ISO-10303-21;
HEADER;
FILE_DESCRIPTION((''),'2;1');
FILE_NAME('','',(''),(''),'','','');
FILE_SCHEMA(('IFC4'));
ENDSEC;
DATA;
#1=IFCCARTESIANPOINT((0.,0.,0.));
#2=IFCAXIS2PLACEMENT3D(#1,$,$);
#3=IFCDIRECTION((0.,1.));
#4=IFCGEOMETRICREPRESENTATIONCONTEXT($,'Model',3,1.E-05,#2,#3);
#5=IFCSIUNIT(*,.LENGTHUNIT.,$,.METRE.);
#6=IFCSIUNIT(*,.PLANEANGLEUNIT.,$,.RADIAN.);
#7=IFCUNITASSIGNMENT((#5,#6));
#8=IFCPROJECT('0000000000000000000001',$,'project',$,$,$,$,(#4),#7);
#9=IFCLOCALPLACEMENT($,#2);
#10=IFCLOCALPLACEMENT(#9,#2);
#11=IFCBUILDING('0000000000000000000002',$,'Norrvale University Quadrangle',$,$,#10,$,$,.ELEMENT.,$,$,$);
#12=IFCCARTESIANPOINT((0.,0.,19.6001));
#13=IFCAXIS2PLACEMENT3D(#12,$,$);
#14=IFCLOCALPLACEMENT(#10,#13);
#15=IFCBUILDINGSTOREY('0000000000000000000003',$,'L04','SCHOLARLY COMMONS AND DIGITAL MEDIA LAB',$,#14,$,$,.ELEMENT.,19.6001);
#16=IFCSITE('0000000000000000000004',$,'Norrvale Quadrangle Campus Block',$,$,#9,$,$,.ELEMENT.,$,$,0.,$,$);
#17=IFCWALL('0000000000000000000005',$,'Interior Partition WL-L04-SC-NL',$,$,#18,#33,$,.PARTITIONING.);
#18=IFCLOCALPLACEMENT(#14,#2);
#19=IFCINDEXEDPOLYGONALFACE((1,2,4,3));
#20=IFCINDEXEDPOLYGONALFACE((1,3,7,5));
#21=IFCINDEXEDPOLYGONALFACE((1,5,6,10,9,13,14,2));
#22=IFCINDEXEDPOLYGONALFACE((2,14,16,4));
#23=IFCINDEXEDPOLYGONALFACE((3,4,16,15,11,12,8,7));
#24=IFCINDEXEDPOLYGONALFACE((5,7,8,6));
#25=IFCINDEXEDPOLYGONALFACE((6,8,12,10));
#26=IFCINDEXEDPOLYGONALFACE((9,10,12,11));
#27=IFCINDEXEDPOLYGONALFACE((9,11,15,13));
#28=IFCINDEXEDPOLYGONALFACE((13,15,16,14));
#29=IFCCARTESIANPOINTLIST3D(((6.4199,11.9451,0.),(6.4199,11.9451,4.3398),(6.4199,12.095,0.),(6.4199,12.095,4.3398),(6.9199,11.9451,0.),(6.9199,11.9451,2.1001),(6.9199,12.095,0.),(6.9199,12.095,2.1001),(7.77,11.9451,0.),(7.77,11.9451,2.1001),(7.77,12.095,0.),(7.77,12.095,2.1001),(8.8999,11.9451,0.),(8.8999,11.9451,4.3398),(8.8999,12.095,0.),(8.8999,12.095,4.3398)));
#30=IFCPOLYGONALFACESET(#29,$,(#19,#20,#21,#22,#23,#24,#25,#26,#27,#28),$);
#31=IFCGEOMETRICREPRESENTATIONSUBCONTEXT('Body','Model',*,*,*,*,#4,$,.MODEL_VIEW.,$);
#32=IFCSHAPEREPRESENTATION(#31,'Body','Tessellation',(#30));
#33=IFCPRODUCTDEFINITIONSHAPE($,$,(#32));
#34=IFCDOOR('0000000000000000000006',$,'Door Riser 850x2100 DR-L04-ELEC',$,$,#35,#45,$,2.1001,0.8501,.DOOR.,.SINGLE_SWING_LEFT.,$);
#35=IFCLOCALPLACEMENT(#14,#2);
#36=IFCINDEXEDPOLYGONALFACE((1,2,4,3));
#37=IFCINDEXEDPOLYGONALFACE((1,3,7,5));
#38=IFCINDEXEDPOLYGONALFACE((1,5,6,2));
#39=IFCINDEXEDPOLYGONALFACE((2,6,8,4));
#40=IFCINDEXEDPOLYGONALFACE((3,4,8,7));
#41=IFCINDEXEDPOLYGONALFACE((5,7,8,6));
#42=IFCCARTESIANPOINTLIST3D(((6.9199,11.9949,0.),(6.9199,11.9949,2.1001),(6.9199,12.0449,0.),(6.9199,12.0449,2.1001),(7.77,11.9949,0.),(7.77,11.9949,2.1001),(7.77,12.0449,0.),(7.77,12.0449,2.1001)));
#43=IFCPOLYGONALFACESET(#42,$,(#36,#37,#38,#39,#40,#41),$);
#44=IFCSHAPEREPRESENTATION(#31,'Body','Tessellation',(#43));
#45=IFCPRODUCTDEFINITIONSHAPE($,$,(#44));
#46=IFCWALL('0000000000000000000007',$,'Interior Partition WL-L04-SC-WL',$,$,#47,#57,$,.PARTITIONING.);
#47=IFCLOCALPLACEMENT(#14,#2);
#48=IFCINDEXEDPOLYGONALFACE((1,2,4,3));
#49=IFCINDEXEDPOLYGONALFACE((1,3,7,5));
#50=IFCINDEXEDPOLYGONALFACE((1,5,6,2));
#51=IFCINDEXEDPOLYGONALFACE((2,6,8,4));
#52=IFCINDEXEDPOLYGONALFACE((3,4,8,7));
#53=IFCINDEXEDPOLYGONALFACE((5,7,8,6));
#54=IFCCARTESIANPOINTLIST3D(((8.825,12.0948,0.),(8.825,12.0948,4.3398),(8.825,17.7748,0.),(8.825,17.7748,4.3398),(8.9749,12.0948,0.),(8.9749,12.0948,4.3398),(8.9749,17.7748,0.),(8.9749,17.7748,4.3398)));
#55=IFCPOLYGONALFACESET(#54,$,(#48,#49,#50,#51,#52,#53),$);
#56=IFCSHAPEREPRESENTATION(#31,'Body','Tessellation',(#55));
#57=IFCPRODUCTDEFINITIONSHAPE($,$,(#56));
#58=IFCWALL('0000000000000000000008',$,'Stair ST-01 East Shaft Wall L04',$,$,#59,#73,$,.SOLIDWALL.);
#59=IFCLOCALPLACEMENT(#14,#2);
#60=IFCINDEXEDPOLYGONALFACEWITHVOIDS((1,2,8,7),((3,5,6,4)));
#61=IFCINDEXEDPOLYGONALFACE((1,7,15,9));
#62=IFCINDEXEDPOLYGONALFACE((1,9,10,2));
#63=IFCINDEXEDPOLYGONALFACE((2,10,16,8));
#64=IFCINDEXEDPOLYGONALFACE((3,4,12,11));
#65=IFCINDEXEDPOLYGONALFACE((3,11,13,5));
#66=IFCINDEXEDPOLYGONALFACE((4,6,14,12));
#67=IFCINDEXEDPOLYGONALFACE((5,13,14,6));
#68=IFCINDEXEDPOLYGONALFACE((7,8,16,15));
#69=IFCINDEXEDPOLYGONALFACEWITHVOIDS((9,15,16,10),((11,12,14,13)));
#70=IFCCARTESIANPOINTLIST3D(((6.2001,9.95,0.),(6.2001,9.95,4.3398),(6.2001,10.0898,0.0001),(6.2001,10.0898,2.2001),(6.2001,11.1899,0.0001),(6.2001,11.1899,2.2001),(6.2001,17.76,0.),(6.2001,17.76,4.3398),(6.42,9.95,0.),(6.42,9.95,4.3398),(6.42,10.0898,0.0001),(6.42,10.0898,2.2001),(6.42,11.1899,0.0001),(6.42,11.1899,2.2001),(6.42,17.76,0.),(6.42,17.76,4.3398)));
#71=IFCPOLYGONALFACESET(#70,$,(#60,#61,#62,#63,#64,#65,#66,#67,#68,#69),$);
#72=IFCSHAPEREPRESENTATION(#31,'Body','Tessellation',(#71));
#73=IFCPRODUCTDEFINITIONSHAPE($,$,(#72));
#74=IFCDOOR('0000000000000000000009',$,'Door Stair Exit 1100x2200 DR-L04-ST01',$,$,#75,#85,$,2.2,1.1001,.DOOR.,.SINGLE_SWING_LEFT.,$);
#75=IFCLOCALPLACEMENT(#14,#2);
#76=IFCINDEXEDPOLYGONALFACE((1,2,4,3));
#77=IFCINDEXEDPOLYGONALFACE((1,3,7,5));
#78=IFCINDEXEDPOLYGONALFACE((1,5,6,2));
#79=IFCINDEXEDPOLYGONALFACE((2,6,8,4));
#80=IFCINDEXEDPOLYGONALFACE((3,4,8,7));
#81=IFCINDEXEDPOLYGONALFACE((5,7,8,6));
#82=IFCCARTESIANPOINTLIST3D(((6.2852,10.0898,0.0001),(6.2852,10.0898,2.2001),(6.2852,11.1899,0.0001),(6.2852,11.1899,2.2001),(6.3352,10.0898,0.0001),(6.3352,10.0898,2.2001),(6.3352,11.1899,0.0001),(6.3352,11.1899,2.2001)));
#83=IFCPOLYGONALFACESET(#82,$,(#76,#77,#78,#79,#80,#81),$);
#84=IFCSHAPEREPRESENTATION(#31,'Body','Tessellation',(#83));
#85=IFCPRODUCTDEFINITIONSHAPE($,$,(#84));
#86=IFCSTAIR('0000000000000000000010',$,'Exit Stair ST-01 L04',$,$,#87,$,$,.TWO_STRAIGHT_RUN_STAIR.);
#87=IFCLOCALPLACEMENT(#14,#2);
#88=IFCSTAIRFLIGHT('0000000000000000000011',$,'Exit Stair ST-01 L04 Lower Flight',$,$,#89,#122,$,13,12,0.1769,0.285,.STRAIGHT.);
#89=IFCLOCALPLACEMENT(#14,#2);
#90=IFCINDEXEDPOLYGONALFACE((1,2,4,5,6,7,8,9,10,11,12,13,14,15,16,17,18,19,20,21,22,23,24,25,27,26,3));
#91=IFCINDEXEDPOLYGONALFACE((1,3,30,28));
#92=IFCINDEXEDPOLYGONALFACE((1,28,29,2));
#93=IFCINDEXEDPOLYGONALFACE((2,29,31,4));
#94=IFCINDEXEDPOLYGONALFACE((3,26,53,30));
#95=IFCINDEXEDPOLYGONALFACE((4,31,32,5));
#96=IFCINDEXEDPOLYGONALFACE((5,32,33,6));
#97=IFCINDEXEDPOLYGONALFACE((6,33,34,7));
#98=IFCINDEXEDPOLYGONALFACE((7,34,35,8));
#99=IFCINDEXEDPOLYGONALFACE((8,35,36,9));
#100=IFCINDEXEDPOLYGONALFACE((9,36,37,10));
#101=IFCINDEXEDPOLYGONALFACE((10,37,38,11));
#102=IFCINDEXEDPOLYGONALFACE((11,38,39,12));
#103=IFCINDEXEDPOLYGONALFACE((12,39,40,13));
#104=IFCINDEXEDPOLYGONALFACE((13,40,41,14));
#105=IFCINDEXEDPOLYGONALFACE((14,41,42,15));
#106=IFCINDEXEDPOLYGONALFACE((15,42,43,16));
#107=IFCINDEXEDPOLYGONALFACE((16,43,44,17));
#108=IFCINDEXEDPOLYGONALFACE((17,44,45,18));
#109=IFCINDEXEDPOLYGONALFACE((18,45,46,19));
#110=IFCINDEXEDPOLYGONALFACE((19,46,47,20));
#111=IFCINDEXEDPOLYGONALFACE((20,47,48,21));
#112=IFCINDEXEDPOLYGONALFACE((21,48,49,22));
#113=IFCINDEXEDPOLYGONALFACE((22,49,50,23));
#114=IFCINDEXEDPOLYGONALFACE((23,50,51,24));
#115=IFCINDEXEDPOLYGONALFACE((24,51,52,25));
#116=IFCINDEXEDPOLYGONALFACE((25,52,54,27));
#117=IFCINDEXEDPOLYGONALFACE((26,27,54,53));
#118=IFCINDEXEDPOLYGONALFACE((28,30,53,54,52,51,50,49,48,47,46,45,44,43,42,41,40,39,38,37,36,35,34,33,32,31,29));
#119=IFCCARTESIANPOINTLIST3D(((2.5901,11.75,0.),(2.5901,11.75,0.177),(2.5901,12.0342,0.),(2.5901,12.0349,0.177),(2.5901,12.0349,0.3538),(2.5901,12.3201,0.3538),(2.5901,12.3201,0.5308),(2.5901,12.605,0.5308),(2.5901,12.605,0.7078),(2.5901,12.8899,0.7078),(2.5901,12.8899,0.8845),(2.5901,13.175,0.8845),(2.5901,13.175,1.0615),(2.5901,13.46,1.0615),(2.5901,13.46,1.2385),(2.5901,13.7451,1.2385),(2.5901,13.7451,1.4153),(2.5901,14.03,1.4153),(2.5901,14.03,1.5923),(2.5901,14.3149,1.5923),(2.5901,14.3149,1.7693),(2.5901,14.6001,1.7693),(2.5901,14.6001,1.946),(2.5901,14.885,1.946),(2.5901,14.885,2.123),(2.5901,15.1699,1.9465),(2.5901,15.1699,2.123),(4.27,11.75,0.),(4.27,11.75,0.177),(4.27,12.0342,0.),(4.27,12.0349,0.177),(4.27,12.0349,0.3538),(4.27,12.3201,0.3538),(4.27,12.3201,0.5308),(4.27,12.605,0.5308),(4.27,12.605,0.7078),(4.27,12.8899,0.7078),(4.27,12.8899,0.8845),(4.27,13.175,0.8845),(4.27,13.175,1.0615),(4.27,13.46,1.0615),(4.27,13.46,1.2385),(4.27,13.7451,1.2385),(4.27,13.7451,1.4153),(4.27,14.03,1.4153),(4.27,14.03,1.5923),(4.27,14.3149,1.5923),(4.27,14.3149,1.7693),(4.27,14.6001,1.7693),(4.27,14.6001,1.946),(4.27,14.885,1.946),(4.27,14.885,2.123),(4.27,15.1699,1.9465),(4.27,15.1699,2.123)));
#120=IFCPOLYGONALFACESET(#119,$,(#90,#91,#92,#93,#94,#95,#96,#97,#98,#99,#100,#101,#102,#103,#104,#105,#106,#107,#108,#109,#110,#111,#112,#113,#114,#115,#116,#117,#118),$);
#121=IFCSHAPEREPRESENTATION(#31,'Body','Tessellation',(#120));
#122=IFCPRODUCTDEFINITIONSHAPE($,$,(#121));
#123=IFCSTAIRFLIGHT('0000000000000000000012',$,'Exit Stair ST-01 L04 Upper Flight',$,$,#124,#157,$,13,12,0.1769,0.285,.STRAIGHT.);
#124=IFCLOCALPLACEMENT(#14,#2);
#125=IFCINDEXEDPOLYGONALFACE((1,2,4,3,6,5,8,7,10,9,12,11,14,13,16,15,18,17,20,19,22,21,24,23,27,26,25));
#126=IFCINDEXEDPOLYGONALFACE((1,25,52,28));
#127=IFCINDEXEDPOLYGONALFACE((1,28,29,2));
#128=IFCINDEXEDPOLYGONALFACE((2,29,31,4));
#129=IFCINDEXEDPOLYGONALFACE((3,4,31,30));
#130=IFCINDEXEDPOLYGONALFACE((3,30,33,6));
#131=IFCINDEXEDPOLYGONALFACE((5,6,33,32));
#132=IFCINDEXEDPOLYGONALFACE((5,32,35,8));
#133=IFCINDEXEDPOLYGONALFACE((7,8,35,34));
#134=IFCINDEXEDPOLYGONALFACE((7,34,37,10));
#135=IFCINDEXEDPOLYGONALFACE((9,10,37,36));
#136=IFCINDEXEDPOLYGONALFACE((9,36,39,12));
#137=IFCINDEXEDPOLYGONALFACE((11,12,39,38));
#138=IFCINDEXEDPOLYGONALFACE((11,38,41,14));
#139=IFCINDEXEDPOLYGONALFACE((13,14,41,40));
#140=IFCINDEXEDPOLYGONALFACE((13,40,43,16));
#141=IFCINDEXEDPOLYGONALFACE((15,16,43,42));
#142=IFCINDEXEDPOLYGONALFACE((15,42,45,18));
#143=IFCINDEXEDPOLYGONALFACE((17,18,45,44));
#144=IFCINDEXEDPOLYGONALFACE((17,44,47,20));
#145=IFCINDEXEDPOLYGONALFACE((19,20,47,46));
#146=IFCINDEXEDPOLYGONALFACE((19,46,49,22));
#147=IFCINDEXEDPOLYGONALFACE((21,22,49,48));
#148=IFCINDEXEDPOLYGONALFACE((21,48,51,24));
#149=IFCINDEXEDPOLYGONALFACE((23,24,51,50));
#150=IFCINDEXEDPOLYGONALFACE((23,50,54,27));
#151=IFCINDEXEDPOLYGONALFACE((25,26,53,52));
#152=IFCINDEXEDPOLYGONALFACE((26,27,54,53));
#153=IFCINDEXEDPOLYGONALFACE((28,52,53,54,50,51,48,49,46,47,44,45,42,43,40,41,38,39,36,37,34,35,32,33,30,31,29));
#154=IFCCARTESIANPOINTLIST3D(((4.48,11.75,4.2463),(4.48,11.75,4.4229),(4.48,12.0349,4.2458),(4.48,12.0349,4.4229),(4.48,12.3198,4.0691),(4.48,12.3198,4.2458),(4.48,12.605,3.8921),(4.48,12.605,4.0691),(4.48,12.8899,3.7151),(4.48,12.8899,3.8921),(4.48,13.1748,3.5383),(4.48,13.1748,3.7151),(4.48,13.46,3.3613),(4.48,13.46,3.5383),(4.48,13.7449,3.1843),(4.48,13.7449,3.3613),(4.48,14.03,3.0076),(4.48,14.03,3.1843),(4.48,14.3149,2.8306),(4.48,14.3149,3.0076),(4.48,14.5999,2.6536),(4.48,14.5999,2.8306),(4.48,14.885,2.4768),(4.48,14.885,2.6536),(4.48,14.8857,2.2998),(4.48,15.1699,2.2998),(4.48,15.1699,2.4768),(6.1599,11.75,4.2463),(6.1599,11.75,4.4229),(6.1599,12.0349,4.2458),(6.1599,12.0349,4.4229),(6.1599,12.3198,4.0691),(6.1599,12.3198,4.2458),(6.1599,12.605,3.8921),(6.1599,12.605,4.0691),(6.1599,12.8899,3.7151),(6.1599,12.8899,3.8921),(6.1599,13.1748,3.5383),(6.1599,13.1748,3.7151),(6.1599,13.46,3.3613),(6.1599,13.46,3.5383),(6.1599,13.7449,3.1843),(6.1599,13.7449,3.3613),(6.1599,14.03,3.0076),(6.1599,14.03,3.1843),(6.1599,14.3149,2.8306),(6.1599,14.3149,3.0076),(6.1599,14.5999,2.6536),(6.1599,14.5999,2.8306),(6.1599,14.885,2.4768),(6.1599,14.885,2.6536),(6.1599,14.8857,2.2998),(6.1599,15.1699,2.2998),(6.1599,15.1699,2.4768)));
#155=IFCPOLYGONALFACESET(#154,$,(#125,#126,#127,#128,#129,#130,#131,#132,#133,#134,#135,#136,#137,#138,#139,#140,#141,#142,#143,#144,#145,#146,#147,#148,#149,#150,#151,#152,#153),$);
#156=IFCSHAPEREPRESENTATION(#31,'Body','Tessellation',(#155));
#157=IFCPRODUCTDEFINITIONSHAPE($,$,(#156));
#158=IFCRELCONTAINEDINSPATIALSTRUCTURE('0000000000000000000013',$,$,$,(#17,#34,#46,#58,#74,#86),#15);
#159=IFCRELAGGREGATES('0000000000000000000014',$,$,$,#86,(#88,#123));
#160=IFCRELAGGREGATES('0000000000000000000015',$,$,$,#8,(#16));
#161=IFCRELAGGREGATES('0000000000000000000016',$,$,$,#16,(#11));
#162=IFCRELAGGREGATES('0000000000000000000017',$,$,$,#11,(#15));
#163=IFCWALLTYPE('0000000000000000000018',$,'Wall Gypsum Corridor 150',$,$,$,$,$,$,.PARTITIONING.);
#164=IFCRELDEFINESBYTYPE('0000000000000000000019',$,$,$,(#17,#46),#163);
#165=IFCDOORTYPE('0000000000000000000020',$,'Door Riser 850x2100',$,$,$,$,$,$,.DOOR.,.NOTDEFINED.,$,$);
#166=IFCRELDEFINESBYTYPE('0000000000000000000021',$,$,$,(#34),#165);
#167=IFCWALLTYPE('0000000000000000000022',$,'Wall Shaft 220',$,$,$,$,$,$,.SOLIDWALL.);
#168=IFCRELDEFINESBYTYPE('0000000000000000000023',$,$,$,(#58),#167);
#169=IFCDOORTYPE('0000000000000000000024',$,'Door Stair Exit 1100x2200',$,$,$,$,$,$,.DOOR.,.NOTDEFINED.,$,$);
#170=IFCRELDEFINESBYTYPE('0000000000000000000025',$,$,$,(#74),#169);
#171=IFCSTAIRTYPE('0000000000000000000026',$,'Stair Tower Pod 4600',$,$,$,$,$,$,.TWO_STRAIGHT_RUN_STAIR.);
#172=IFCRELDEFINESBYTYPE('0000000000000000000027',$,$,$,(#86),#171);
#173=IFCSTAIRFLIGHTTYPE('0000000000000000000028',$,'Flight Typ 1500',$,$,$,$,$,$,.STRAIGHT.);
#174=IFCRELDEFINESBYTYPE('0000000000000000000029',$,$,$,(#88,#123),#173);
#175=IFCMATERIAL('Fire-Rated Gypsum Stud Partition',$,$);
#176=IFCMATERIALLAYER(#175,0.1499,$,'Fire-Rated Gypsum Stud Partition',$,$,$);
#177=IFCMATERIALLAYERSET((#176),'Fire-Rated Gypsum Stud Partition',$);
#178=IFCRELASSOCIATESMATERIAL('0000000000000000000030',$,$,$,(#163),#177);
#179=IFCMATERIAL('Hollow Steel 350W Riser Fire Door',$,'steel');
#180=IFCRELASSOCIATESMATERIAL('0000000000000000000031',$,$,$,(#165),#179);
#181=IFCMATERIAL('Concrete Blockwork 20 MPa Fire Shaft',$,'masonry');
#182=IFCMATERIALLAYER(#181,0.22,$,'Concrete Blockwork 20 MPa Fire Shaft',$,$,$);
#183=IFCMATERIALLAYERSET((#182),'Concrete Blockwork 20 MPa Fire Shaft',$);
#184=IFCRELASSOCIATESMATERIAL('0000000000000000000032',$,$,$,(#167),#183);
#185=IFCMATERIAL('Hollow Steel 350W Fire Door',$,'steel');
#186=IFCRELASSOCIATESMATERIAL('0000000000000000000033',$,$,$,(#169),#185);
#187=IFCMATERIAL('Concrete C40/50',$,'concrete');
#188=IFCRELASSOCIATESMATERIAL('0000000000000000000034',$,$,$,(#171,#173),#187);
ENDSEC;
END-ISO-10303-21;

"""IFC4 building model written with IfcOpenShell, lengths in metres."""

from ifc_helpers import new_model, si_unit, direction, frame, frame_2d, origin, place, context, subcontext, project, spatial, polyline, rectangle, outline, extrude, material, layer, layer_set, type_object, element, fill, aggregate, save


model = new_model("IFC4")

# Units and contexts
model_context = context("Model", 3, precision=1e-05, world=origin(), true_north=direction((0.0, 1.0)))
body_context = subcontext(model_context, "Body", "Model", "MODEL_VIEW")
ifc_project = project(units=[si_unit("LENGTHUNIT", "METRE"), si_unit("PLANEANGLEUNIT", "RADIAN")], contexts=[model_context])

# Site, building, storey
site_placement = place(None, origin())
site = spatial("IfcSite", under=ifc_project, at=site_placement, Name="Norrvale Quadrangle Campus Block", CompositionType="ELEMENT", RefElevation=0.0)
building_placement = place(site_placement, origin())
building = spatial("IfcBuilding", under=site, at=building_placement, Name="Norrvale University Quadrangle", CompositionType="ELEMENT")
storey_placement = place(building_placement, frame((0.0, 0.0, 19.6001)))
storey = spatial("IfcBuildingStorey", under=building, at=storey_placement, Name="L04", Description="SCHOLARLY COMMONS AND DIGITAL MEDIA LAB", CompositionType="ELEMENT", Elevation=19.6001)

# Wall, opening, door
ifc_material_1 = material(Name="Fire-Rated Gypsum Stud Partition")
ifc_layer_1 = layer(ifc_material_1, 0.1499, Name="Fire-Rated Gypsum Stud Partition")
ifc_layer_set_1 = layer_set([ifc_layer_1], Name="Fire-Rated Gypsum Stud Partition")
wall_type_1 = type_object("IfcWallType", Name="Wall Gypsum Corridor 150", PredefinedType="PARTITIONING", material=ifc_layer_set_1)
wall_1_placement = place(storey_placement, frame((6.4199, 12.02, 0.0), z_axis=(0.0, 0.0, 1.0), x_axis=(1.0, 0.0, 0.0)))
wall_1 = element("IfcWall", 1, at=wall_1_placement, inside=storey, type_object=wall_type_1, Name="Interior Partition WL-L04-SC-NL", PredefinedType="PARTITIONING", context=body_context, shape_type="SweptSolid", body=[
    extrude(rectangle(XDim=2.48, YDim=0.1499, at=frame_2d((1.24, 0.0))), origin(), (0.0, 0.0, 1.0), 4.3398),
])
opening_1_placement = place(wall_1_placement, frame((0.5, 0.0, 0.0)))
opening_1 = element("IfcOpeningElement", 2, at=opening_1_placement, cuts=wall_1, PredefinedType="OPENING", context=body_context, shape_type="SweptSolid", body=[
    extrude(rectangle(XDim=0.8501, YDim=2.1001, at=frame_2d((0.425, 1.05))), frame((0.0, 0.0869, 0.0), z_axis=(0.0, -1.0, 0.0), x_axis=(1.0, 0.0, 0.0)), (0.0, 0.0, 1.0), 0.1738),
])
ifc_material_2 = material(Name="Hollow Steel 350W Riser Fire Door", Category="steel")
door_type_1 = type_object("IfcDoorType", Name="Door Riser 850x2100", OperationType="NOTDEFINED", PredefinedType="DOOR", material=ifc_material_2)
door_1_placement = place(opening_1_placement, origin())
door_1 = element("IfcDoor", 3, at=door_1_placement, inside=storey, type_object=door_type_1, Name="Door Riser 850x2100 DR-L04-ELEC", OperationType="SINGLE_SWING_LEFT", OverallHeight=2.1001, OverallWidth=0.8501, PredefinedType="DOOR", context=body_context, shape_type="SweptSolid", body=[
    extrude(rectangle(XDim=0.8501, YDim=2.1001, at=frame_2d((0.425, 1.05))), frame((0.0, 0.0249, 0.0), z_axis=(0.0, -1.0, 0.0), x_axis=(1.0, 0.0, 0.0)), (0.0, 0.0, 1.0), 0.05),
])
fill(opening_1, door_1)

# Wall
wall_2_placement = place(storey_placement, frame((8.8999, 12.095, 0.0), z_axis=(0.0, 0.0, 1.0), x_axis=(0.0, 1.0, 0.0)))
element("IfcWall", 4, at=wall_2_placement, inside=storey, type_object=wall_type_1, Name="Interior Partition WL-L04-SC-WL", PredefinedType="PARTITIONING", context=body_context, shape_type="SweptSolid", body=[
    extrude(rectangle(XDim=5.6799, YDim=0.1499, at=frame_2d((2.8398, 0.0))), origin(), (0.0, 0.0, 1.0), 4.3398),
])

# Wall, opening, door
ifc_material_3 = material(Name="Concrete Blockwork 20 MPa Fire Shaft", Category="masonry")
ifc_layer_2 = layer(ifc_material_3, 0.22, Name="Concrete Blockwork 20 MPa Fire Shaft")
ifc_layer_set_2 = layer_set([ifc_layer_2], Name="Concrete Blockwork 20 MPa Fire Shaft")
wall_type_2 = type_object("IfcWallType", Name="Wall Shaft 220", PredefinedType="SOLIDWALL", material=ifc_layer_set_2)
wall_3_placement = place(storey_placement, frame((6.3101, 9.95, 0.0), z_axis=(0.0, 0.0, 1.0), x_axis=(0.0, 1.0, 0.0)))
wall_3 = element("IfcWall", 5, at=wall_3_placement, inside=storey, type_object=wall_type_2, Name="Stair ST-01 East Shaft Wall L04", PredefinedType="SOLIDWALL", context=body_context, shape_type="SweptSolid", body=[
    extrude(rectangle(XDim=7.8101, YDim=0.22, at=frame_2d((3.905, 0.0))), origin(), (0.0, 0.0, 1.0), 4.3398),
])
opening_2_placement = place(wall_3_placement, frame((0.1399, 0.0, 0.0)))
opening_2 = element("IfcOpeningElement", 6, at=opening_2_placement, cuts=wall_3, PredefinedType="OPENING", context=body_context, shape_type="SweptSolid", body=[
    extrude(rectangle(XDim=1.1001, YDim=2.2, at=frame_2d((0.55, 1.1001))), frame((0.0, 0.1221, 0.0), z_axis=(0.0, -1.0, 0.0), x_axis=(1.0, 0.0, 0.0)), (0.0, 0.0, 1.0), 0.2439),
])
ifc_material_4 = material(Name="Hollow Steel 350W Fire Door", Category="steel")
door_type_2 = type_object("IfcDoorType", Name="Door Stair Exit 1100x2200", OperationType="NOTDEFINED", PredefinedType="DOOR", material=ifc_material_4)
door_2_placement = place(opening_2_placement, origin())
door_2 = element("IfcDoor", 7, at=door_2_placement, inside=storey, type_object=door_type_2, Name="Door Stair Exit 1100x2200 DR-L04-ST01", OperationType="SINGLE_SWING_LEFT", OverallHeight=2.2, OverallWidth=1.1001, PredefinedType="DOOR", context=body_context, shape_type="SweptSolid", body=[
    extrude(rectangle(XDim=1.1001, YDim=2.2, at=frame_2d((0.55, 1.1001))), frame((0.0, 0.0249, 0.0), z_axis=(0.0, -1.0, 0.0), x_axis=(1.0, 0.0, 0.0)), (0.0, 0.0, 1.0), 0.05),
])
fill(opening_2, door_2)

# Stair, stair flights
ifc_material_5 = material(Name="Concrete C40/50", Category="concrete")
stair_type = type_object("IfcStairType", Name="Stair Tower Pod 4600", PredefinedType="TWO_STRAIGHT_RUN_STAIR", material=ifc_material_5)
stair_placement = place(storey_placement, origin())
stair = element("IfcStair", 8, at=stair_placement, inside=storey, type_object=stair_type, Name="Exit Stair ST-01 L04", PredefinedType="TWO_STRAIGHT_RUN_STAIR")
stair_flight_type = type_object("IfcStairFlightType", Name="Flight Typ 1500", PredefinedType="STRAIGHT", material=ifc_material_5)
stair_flight_1_placement = place(storey_placement, frame((3.4299, 11.75, 0.0), z_axis=(0.0, 0.0, 1.0), x_axis=(0.0, 1.0, 0.0)))
stair_flight_1 = element("IfcStairFlight", 9, at=stair_flight_1_placement, type_object=stair_flight_type, Name="Exit Stair ST-01 L04 Lower Flight", NumberOfRisers=13, NumberOfTreads=12, PredefinedType="STRAIGHT", RiserHeight=0.1769, TreadLength=0.285, context=body_context, shape_type="SweptSolid", body=[
    extrude(outline(polyline([(0.0, 0.0), (0.0, 0.177), (0.2849, 0.177), (0.2849, 0.3538), (0.5701, 0.3538), (0.5701, 0.5308), (0.855, 0.5308), (0.855, 0.7078), (1.1399, 0.7078), (1.1399, 0.8845), (1.425, 0.8845), (1.425, 1.0615), (1.71, 1.0615), (1.71, 1.2385), (1.9951, 1.2385), (1.9951, 1.4153), (2.28, 1.4153), (2.28, 1.5923), (2.5649, 1.5923), (2.5649, 1.7693), (2.8501, 1.7693), (2.8501, 1.946), (3.135, 1.946), (3.135, 2.123), (3.4199, 2.123), (3.4199, 2.3), (3.4199, 1.9465), (0.2842, 0.0), (0.0, 0.0)])), frame((0.0, 0.8398, 0.0), z_axis=(0.0, -1.0, 0.0), x_axis=(1.0, 0.0, 0.0)), (0.0, 0.0, 1.0), 1.6799),
])
stair_flight_2_placement = place(storey_placement, frame((5.3201, 15.1699, 2.2998), z_axis=(0.0, 0.0, 1.0), x_axis=(0.0, -1.0, 0.0)))
stair_flight_2 = element("IfcStairFlight", 10, at=stair_flight_2_placement, type_object=stair_flight_type, Name="Exit Stair ST-01 L04 Upper Flight", NumberOfRisers=13, NumberOfTreads=12, PredefinedType="STRAIGHT", RiserHeight=0.1769, TreadLength=0.285, context=body_context, shape_type="SweptSolid", body=[
    extrude(outline(polyline([(0.0, 0.0), (0.0, 0.177), (0.2849, 0.177), (0.2849, 0.3538), (0.5701, 0.3538), (0.5701, 0.5308), (0.855, 0.5308), (0.855, 0.7078), (1.1399, 0.7078), (1.1399, 0.8845), (1.425, 0.8845), (1.425, 1.0615), (1.71, 1.0615), (1.71, 1.2385), (1.9951, 1.2385), (1.9951, 1.4153), (2.28, 1.4153), (2.28, 1.5923), (2.5649, 1.5923), (2.5649, 1.7693), (2.8501, 1.7693), (2.8501, 1.946), (3.135, 1.946), (3.135, 2.123), (3.4199, 2.123), (3.4199, 2.3), (3.4199, 1.9465), (0.2842, 0.0), (0.0, 0.0)])), frame((0.0, 0.8398, 0.0), z_axis=(0.0, -1.0, 0.0), x_axis=(1.0, 0.0, 0.0)), (0.0, 0.0, 1.0), 1.6799),
])
aggregate(stair, [stair_flight_1, stair_flight_2])

save(model, "model.ifc")
